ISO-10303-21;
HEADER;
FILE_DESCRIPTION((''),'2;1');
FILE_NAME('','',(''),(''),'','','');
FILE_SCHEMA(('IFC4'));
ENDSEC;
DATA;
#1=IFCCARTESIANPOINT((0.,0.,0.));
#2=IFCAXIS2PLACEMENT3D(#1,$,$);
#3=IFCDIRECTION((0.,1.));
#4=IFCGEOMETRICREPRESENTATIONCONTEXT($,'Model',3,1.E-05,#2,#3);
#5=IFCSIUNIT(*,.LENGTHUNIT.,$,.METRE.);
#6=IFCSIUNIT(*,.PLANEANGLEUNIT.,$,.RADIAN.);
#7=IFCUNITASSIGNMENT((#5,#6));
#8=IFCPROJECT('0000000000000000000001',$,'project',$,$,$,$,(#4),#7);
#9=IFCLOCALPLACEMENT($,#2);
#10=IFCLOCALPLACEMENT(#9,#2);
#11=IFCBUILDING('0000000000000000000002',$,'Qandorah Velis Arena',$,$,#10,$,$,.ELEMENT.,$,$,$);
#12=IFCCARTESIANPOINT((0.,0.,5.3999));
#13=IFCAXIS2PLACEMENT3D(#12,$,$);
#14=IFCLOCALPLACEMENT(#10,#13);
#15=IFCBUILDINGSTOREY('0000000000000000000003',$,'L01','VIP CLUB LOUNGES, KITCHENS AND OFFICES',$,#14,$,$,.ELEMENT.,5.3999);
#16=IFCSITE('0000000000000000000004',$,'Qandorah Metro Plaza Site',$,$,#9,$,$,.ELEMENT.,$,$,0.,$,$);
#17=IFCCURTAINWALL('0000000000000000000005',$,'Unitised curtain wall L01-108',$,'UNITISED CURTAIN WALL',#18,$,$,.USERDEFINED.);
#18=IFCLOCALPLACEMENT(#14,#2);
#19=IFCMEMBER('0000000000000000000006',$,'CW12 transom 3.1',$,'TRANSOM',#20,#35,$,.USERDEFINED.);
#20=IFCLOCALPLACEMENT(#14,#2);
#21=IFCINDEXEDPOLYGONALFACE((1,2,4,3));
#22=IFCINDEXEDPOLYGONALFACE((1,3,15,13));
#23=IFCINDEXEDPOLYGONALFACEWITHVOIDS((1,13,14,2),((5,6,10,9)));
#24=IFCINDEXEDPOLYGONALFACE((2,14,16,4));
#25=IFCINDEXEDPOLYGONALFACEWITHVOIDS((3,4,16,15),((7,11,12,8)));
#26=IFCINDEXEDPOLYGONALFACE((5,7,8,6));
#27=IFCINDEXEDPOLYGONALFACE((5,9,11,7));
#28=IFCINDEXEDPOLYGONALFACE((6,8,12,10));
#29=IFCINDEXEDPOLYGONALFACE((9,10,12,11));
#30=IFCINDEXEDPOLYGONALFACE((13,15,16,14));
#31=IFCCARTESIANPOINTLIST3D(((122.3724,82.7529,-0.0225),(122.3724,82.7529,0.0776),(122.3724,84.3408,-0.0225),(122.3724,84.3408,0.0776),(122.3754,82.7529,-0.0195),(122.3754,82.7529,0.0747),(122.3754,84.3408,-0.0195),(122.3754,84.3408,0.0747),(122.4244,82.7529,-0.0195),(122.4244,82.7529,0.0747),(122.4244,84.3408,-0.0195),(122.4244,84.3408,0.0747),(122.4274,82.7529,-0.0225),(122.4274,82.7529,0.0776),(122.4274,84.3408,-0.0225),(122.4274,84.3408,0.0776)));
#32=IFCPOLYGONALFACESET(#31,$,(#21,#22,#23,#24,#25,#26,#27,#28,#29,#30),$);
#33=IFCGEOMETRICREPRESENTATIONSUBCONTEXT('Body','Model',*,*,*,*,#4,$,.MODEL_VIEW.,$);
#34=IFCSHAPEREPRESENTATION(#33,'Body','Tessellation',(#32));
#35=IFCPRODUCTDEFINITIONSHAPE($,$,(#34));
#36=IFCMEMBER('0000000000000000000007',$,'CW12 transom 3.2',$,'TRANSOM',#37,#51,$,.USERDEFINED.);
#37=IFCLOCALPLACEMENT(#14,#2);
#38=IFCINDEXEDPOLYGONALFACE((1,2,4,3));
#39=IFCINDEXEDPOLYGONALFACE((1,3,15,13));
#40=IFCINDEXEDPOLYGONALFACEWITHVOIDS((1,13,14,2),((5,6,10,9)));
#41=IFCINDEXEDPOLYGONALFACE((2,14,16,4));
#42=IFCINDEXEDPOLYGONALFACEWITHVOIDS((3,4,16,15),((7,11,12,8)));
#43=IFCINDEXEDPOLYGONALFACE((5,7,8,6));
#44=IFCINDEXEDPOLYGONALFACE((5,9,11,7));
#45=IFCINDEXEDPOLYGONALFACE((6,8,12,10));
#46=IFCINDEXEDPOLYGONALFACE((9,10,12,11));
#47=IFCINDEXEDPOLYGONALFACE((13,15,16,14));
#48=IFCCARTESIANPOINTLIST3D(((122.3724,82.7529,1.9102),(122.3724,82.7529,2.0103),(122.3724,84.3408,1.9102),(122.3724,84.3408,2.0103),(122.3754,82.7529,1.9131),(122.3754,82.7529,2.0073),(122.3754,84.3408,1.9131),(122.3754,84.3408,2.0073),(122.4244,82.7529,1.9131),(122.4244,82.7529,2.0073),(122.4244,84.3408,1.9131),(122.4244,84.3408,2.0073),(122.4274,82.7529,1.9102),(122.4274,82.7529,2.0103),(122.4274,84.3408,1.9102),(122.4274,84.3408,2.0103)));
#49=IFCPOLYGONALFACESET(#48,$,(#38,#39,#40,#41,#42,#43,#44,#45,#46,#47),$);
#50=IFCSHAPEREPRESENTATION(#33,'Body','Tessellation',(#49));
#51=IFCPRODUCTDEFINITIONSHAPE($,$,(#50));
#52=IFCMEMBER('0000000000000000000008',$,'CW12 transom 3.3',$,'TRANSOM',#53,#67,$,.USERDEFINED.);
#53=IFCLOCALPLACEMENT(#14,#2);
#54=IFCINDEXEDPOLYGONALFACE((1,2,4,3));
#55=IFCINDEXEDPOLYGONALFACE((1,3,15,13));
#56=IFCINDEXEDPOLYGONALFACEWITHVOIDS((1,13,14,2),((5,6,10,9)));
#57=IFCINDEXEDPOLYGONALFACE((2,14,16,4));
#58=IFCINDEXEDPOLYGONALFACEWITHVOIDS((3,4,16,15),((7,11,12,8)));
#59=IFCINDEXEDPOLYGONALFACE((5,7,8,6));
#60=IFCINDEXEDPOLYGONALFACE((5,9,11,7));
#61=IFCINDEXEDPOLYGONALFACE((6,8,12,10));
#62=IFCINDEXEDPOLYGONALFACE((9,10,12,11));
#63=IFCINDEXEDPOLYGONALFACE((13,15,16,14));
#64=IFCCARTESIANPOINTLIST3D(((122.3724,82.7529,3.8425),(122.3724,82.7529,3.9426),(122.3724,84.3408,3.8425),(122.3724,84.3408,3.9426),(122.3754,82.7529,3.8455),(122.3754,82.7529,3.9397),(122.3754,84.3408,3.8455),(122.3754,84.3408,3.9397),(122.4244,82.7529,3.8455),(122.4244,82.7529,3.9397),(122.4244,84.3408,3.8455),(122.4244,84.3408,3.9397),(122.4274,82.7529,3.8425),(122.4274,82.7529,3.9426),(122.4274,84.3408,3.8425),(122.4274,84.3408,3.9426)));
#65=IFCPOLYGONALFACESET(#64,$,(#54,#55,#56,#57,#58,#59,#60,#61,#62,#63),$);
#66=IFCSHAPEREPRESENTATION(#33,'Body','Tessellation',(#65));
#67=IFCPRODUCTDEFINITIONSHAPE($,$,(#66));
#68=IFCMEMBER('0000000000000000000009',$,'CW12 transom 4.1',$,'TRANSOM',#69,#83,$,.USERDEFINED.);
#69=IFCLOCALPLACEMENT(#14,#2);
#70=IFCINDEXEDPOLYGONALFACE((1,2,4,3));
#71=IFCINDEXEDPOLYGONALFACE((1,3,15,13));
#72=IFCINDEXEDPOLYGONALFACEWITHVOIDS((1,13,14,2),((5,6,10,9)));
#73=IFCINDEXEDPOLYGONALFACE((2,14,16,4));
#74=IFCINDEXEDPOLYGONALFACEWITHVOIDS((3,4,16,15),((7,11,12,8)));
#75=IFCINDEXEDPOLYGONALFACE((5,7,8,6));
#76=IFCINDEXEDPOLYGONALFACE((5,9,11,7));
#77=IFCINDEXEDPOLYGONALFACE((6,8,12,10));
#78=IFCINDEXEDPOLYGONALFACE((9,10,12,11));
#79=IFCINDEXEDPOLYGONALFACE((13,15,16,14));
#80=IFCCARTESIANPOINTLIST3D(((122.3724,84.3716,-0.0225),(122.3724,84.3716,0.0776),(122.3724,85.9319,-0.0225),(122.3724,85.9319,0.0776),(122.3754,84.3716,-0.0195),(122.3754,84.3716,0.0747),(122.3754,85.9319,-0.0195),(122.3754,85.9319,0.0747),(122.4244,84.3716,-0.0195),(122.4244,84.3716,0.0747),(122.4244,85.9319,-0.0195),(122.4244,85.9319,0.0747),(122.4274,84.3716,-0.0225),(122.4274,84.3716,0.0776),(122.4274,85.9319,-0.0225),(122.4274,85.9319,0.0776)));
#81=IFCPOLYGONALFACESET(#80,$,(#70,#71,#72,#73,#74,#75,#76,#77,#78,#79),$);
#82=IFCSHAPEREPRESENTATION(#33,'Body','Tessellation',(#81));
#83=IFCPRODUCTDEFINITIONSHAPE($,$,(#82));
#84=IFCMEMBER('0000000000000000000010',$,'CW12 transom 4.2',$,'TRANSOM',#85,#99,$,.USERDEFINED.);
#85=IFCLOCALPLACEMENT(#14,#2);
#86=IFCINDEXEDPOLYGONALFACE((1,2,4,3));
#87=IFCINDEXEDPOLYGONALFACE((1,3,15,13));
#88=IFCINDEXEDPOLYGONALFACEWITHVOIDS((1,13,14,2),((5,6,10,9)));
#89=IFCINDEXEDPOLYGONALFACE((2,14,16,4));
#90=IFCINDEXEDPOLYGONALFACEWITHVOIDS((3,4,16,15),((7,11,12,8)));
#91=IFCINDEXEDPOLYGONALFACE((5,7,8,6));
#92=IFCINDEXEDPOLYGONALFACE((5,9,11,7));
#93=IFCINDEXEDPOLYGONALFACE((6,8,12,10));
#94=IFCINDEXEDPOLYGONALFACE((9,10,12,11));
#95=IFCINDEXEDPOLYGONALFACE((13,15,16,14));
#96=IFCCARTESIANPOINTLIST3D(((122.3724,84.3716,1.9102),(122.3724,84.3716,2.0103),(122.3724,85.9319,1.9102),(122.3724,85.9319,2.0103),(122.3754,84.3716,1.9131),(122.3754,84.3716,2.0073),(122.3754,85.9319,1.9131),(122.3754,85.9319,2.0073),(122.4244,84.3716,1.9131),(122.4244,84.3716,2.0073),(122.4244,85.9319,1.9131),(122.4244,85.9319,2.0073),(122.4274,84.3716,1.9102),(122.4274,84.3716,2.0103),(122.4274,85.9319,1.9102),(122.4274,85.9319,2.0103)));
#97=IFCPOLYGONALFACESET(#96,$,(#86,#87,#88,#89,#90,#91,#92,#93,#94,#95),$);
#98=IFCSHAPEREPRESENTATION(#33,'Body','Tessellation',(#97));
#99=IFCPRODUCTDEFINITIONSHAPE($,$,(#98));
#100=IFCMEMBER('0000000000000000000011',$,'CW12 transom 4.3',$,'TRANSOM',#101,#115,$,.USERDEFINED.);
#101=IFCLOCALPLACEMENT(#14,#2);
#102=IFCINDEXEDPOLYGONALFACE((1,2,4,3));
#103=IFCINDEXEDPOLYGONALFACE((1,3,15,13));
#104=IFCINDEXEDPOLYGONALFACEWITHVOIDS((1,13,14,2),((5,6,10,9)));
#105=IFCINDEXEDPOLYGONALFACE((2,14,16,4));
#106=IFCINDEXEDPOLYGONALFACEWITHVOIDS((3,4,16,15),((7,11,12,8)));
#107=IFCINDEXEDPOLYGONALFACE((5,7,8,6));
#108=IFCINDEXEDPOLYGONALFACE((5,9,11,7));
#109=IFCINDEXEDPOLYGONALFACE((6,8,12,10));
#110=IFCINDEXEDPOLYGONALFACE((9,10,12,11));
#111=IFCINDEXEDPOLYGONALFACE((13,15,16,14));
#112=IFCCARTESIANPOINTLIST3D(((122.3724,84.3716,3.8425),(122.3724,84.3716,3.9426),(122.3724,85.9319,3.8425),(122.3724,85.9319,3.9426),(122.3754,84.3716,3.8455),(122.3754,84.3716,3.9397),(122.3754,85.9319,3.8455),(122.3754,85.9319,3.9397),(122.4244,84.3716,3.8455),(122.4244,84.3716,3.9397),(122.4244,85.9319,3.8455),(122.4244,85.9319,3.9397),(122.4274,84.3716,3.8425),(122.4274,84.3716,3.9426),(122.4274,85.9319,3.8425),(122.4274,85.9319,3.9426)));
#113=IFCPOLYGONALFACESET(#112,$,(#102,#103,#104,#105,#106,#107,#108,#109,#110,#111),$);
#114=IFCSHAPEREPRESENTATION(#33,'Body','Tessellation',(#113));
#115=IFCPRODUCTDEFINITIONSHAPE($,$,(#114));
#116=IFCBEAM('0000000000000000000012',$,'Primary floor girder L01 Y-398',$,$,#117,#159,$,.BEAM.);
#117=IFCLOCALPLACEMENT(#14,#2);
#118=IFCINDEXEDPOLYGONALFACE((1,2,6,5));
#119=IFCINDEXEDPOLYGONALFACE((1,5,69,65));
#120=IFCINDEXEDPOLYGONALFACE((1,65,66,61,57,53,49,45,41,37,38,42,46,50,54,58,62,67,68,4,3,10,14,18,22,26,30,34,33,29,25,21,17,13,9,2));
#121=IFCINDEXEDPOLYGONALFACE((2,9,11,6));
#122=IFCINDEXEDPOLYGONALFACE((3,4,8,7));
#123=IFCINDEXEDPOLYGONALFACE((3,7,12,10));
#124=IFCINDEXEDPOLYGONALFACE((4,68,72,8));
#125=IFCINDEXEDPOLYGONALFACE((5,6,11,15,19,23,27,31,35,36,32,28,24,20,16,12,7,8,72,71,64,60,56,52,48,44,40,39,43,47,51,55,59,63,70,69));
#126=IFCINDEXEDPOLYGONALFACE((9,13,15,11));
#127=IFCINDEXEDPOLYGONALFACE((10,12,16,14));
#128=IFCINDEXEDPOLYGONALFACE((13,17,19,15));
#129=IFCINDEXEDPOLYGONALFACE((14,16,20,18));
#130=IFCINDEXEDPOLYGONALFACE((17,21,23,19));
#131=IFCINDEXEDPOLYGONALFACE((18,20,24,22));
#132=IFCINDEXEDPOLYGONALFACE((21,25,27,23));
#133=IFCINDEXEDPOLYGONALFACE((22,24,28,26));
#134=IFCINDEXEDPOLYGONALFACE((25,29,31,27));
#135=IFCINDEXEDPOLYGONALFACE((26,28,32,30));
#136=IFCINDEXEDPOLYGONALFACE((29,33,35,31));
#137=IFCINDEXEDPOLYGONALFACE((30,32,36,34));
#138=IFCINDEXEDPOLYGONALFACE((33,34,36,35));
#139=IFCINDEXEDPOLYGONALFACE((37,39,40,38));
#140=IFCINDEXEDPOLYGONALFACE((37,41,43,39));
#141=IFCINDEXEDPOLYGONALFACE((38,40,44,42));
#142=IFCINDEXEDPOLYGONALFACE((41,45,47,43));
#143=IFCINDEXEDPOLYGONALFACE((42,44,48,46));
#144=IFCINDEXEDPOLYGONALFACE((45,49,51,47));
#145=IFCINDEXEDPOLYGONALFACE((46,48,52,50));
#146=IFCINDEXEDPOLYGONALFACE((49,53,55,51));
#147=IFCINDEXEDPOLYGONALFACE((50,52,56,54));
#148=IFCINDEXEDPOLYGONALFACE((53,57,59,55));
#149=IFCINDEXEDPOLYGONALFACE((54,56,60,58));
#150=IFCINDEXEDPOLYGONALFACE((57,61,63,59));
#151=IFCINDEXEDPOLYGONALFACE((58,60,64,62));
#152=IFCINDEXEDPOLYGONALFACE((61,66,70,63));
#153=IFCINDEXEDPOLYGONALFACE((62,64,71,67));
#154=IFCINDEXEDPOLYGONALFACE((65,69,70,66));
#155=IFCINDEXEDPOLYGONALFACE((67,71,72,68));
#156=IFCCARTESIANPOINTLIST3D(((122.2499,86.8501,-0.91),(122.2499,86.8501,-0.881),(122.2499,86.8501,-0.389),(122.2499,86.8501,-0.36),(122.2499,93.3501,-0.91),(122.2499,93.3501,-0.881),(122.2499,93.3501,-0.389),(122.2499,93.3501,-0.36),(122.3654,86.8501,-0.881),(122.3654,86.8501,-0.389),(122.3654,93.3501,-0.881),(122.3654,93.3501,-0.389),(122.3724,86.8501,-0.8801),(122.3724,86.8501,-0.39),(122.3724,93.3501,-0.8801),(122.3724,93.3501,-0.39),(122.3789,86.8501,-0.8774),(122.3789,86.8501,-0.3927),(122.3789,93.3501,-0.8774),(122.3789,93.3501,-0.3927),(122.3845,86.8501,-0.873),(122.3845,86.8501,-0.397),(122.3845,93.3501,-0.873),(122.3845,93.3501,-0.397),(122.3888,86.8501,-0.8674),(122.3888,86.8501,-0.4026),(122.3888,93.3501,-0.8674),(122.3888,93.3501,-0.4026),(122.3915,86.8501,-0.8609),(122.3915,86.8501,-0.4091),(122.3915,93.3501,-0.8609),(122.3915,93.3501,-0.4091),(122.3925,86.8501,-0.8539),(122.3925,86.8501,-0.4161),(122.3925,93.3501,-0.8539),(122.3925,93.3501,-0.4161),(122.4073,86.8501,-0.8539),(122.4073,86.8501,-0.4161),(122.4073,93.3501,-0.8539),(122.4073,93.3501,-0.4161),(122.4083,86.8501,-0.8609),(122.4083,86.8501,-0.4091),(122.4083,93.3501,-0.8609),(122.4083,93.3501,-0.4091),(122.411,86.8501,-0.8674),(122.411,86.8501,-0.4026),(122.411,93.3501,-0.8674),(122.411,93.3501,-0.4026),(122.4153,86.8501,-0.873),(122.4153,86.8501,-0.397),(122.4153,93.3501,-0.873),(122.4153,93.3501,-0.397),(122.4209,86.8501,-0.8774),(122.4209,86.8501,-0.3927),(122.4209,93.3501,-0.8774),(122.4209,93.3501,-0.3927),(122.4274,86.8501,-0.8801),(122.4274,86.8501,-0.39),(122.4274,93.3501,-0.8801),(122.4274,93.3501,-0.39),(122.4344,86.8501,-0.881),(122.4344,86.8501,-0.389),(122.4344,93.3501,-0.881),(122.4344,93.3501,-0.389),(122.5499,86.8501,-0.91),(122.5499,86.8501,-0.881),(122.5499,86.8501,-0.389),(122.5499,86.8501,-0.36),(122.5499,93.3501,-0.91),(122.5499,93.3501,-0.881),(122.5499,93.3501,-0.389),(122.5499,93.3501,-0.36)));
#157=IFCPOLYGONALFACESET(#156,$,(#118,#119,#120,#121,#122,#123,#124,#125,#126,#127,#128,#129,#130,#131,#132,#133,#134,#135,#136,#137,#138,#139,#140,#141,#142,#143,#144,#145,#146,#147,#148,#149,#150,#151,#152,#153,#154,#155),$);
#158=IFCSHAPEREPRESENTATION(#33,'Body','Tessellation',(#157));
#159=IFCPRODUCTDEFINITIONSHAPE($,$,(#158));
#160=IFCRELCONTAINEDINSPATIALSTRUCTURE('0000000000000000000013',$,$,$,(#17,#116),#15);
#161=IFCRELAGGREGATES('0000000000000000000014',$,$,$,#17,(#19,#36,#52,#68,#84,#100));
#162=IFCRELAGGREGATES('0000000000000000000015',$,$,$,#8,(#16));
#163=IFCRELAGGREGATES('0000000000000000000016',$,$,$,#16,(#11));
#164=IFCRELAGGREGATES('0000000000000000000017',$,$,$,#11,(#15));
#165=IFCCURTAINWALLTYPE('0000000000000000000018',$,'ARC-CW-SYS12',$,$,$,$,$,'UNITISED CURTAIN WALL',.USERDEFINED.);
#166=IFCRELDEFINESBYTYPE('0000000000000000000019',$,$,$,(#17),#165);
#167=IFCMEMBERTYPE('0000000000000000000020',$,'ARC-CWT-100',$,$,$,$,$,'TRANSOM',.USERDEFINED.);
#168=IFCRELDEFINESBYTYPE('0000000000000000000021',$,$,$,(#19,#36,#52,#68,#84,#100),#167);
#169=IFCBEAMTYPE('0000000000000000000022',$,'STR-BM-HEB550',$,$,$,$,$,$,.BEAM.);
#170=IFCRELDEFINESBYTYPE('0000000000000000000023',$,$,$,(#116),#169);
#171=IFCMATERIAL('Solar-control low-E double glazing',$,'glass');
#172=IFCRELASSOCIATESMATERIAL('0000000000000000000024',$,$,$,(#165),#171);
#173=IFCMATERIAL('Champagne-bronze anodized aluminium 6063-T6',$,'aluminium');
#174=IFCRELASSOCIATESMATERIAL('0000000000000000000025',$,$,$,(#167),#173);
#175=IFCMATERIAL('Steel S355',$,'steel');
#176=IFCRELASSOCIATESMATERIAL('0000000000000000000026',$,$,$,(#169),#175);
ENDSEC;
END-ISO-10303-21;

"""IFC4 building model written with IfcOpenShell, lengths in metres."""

from ifc_helpers import new_model, si_unit, direction, frame, origin, origin_2d, place, context, subcontext, project, spatial, hollow_rectangle, i_section, extrude, material, material_profile, profile_set, type_object, element, aggregate, save


model = new_model("IFC4")

# Units and contexts
model_context = context("Model", 3, precision=1e-05, world=origin(), true_north=direction((0.0, 1.0)))
body_context = subcontext(model_context, "Body", "Model", "MODEL_VIEW")
ifc_project = project(units=[si_unit("LENGTHUNIT", "METRE"), si_unit("PLANEANGLEUNIT", "RADIAN")], contexts=[model_context])

# Site, building, storey
site_placement = place(None, origin())
site = spatial("IfcSite", under=ifc_project, at=site_placement, Name="Qandorah Metro Plaza Site", CompositionType="ELEMENT", RefElevation=0.0)
building_placement = place(site_placement, origin())
building = spatial("IfcBuilding", under=site, at=building_placement, Name="Qandorah Velis Arena", CompositionType="ELEMENT")
storey_placement = place(building_placement, frame((0.0, 0.0, 5.3999)))
storey = spatial("IfcBuildingStorey", under=building, at=storey_placement, Name="L01", Description="VIP CLUB LOUNGES, KITCHENS AND OFFICES", CompositionType="ELEMENT", Elevation=5.3999)

# Curtain wall, members
ifc_material_1 = material(Name="Solar-control low-E double glazing", Category="glass")
curtain_wall_type = type_object("IfcCurtainWallType", Name="ARC-CW-SYS12", ElementType="UNITISED CURTAIN WALL", PredefinedType="USERDEFINED", material=ifc_material_1)
curtain_wall_placement = place(storey_placement, origin())
curtain_wall = element("IfcCurtainWall", 1, at=curtain_wall_placement, inside=storey, type_object=curtain_wall_type, Name="Unitised curtain wall L01-108", ObjectType="UNITISED CURTAIN WALL", PredefinedType="USERDEFINED")
ifc_material_2 = material(Name="Champagne-bronze anodized aluminium 6063-T6", Category="aluminium")
ifc_material_profile_1 = material_profile(ifc_material_2, hollow_rectangle(XDim=0.0549, YDim=0.1001, WallThickness=0.0029, at=origin_2d()), Name="ALU TRANSOM 55x100")
ifc_profile_set_1 = profile_set([ifc_material_profile_1], Name="Champagne-bronze anodized aluminium 6063-T6")
member_type_1 = type_object("IfcMemberType", Name="ARC-CWT-100", ElementType="TRANSOM", PredefinedType="USERDEFINED", material=ifc_profile_set_1)
member_1_placement = place(storey_placement, frame((122.3999, 82.7529, 0.0276), z_axis=(0.0, 1.0, 0.0), x_axis=(-1.0, 0.0, 0.0)))
member_1 = element("IfcMember", 2, at=member_1_placement, type_object=member_type_1, Name="CW12 transom 3.1", ObjectType="TRANSOM", PredefinedType="USERDEFINED", context=body_context, shape_type="SweptSolid", body=[
    extrude(hollow_rectangle(XDim=0.0549, YDim=0.1001, WallThickness=0.0029, at=origin_2d()), origin(), (0.0, 0.0, 1.0), 1.5879),
])
member_2_placement = place(storey_placement, frame((122.3999, 82.7529, 1.9602), z_axis=(0.0, 1.0, 0.0), x_axis=(-1.0, 0.0, 0.0)))
member_2 = element("IfcMember", 3, at=member_2_placement, type_object=member_type_1, Name="CW12 transom 3.2", ObjectType="TRANSOM", PredefinedType="USERDEFINED", context=body_context, shape_type="SweptSolid", body=[
    extrude(hollow_rectangle(XDim=0.0549, YDim=0.1001, WallThickness=0.0029, at=origin_2d()), origin(), (0.0, 0.0, 1.0), 1.5879),
])
member_3_placement = place(storey_placement, frame((122.3999, 82.7529, 3.8926), z_axis=(0.0, 1.0, 0.0), x_axis=(-1.0, 0.0, 0.0)))
member_3 = element("IfcMember", 4, at=member_3_placement, type_object=member_type_1, Name="CW12 transom 3.3", ObjectType="TRANSOM", PredefinedType="USERDEFINED", context=body_context, shape_type="SweptSolid", body=[
    extrude(hollow_rectangle(XDim=0.0549, YDim=0.1001, WallThickness=0.0029, at=origin_2d()), origin(), (0.0, 0.0, 1.0), 1.5879),
])
member_4_placement = place(storey_placement, frame((122.3999, 84.3716, 0.0276), z_axis=(0.0, 1.0, 0.0), x_axis=(-1.0, 0.0, 0.0)))
member_4 = element("IfcMember", 5, at=member_4_placement, type_object=member_type_1, Name="CW12 transom 4.1", ObjectType="TRANSOM", PredefinedType="USERDEFINED", context=body_context, shape_type="SweptSolid", body=[
    extrude(hollow_rectangle(XDim=0.0549, YDim=0.1001, WallThickness=0.0029, at=origin_2d()), origin(), (0.0, 0.0, 1.0), 1.5603),
])
member_5_placement = place(storey_placement, frame((122.3999, 84.3716, 1.9602), z_axis=(0.0, 1.0, 0.0), x_axis=(-1.0, 0.0, 0.0)))
member_5 = element("IfcMember", 6, at=member_5_placement, type_object=member_type_1, Name="CW12 transom 4.2", ObjectType="TRANSOM", PredefinedType="USERDEFINED", context=body_context, shape_type="SweptSolid", body=[
    extrude(hollow_rectangle(XDim=0.0549, YDim=0.1001, WallThickness=0.0029, at=origin_2d()), origin(), (0.0, 0.0, 1.0), 1.5603),
])
member_6_placement = place(storey_placement, frame((122.3999, 84.3716, 3.8926), z_axis=(0.0, 1.0, 0.0), x_axis=(-1.0, 0.0, 0.0)))
member_6 = element("IfcMember", 7, at=member_6_placement, type_object=member_type_1, Name="CW12 transom 4.3", ObjectType="TRANSOM", PredefinedType="USERDEFINED", context=body_context, shape_type="SweptSolid", body=[
    extrude(hollow_rectangle(XDim=0.0549, YDim=0.1001, WallThickness=0.0029, at=origin_2d()), origin(), (0.0, 0.0, 1.0), 1.5603),
])

# Beam
ifc_material_3 = material(Name="Steel S355", Category="steel")
ifc_material_profile_2 = material_profile(ifc_material_3, i_section(OverallWidth=0.3, OverallDepth=0.55, WebThickness=0.0149, FlangeThickness=0.0291, FilletRadius=0.0271, at=origin_2d()), Name="HEB 550")
ifc_profile_set_2 = profile_set([ifc_material_profile_2], Name="Steel S355")
beam_type = type_object("IfcBeamType", Name="STR-BM-HEB550", PredefinedType="BEAM", material=ifc_profile_set_2)
for number, where, z_axis, x_axis, name in (
    (8, (122.3999, 86.8501, -0.635), (0.0, 1.0, 0.0), (-1.0, 0.0, 0.0), "Primary floor girder L01 Y-398"),
):
    element("IfcBeam", number, at=place(storey_placement, frame(where, z_axis=z_axis, x_axis=x_axis)), inside=storey, type_object=beam_type, Name=name, PredefinedType="BEAM", context=body_context, shape_type="SweptSolid", body=[
        extrude(i_section(OverallWidth=0.3, OverallDepth=0.55, WebThickness=0.0149, FlangeThickness=0.0291, FilletRadius=0.0271, at=origin_2d()), origin(), (0.0, 0.0, 1.0), 6.5),
    ])

aggregate(curtain_wall, [member_1, member_2, member_3, member_4, member_5, member_6])

save(model, "model.ifc")
